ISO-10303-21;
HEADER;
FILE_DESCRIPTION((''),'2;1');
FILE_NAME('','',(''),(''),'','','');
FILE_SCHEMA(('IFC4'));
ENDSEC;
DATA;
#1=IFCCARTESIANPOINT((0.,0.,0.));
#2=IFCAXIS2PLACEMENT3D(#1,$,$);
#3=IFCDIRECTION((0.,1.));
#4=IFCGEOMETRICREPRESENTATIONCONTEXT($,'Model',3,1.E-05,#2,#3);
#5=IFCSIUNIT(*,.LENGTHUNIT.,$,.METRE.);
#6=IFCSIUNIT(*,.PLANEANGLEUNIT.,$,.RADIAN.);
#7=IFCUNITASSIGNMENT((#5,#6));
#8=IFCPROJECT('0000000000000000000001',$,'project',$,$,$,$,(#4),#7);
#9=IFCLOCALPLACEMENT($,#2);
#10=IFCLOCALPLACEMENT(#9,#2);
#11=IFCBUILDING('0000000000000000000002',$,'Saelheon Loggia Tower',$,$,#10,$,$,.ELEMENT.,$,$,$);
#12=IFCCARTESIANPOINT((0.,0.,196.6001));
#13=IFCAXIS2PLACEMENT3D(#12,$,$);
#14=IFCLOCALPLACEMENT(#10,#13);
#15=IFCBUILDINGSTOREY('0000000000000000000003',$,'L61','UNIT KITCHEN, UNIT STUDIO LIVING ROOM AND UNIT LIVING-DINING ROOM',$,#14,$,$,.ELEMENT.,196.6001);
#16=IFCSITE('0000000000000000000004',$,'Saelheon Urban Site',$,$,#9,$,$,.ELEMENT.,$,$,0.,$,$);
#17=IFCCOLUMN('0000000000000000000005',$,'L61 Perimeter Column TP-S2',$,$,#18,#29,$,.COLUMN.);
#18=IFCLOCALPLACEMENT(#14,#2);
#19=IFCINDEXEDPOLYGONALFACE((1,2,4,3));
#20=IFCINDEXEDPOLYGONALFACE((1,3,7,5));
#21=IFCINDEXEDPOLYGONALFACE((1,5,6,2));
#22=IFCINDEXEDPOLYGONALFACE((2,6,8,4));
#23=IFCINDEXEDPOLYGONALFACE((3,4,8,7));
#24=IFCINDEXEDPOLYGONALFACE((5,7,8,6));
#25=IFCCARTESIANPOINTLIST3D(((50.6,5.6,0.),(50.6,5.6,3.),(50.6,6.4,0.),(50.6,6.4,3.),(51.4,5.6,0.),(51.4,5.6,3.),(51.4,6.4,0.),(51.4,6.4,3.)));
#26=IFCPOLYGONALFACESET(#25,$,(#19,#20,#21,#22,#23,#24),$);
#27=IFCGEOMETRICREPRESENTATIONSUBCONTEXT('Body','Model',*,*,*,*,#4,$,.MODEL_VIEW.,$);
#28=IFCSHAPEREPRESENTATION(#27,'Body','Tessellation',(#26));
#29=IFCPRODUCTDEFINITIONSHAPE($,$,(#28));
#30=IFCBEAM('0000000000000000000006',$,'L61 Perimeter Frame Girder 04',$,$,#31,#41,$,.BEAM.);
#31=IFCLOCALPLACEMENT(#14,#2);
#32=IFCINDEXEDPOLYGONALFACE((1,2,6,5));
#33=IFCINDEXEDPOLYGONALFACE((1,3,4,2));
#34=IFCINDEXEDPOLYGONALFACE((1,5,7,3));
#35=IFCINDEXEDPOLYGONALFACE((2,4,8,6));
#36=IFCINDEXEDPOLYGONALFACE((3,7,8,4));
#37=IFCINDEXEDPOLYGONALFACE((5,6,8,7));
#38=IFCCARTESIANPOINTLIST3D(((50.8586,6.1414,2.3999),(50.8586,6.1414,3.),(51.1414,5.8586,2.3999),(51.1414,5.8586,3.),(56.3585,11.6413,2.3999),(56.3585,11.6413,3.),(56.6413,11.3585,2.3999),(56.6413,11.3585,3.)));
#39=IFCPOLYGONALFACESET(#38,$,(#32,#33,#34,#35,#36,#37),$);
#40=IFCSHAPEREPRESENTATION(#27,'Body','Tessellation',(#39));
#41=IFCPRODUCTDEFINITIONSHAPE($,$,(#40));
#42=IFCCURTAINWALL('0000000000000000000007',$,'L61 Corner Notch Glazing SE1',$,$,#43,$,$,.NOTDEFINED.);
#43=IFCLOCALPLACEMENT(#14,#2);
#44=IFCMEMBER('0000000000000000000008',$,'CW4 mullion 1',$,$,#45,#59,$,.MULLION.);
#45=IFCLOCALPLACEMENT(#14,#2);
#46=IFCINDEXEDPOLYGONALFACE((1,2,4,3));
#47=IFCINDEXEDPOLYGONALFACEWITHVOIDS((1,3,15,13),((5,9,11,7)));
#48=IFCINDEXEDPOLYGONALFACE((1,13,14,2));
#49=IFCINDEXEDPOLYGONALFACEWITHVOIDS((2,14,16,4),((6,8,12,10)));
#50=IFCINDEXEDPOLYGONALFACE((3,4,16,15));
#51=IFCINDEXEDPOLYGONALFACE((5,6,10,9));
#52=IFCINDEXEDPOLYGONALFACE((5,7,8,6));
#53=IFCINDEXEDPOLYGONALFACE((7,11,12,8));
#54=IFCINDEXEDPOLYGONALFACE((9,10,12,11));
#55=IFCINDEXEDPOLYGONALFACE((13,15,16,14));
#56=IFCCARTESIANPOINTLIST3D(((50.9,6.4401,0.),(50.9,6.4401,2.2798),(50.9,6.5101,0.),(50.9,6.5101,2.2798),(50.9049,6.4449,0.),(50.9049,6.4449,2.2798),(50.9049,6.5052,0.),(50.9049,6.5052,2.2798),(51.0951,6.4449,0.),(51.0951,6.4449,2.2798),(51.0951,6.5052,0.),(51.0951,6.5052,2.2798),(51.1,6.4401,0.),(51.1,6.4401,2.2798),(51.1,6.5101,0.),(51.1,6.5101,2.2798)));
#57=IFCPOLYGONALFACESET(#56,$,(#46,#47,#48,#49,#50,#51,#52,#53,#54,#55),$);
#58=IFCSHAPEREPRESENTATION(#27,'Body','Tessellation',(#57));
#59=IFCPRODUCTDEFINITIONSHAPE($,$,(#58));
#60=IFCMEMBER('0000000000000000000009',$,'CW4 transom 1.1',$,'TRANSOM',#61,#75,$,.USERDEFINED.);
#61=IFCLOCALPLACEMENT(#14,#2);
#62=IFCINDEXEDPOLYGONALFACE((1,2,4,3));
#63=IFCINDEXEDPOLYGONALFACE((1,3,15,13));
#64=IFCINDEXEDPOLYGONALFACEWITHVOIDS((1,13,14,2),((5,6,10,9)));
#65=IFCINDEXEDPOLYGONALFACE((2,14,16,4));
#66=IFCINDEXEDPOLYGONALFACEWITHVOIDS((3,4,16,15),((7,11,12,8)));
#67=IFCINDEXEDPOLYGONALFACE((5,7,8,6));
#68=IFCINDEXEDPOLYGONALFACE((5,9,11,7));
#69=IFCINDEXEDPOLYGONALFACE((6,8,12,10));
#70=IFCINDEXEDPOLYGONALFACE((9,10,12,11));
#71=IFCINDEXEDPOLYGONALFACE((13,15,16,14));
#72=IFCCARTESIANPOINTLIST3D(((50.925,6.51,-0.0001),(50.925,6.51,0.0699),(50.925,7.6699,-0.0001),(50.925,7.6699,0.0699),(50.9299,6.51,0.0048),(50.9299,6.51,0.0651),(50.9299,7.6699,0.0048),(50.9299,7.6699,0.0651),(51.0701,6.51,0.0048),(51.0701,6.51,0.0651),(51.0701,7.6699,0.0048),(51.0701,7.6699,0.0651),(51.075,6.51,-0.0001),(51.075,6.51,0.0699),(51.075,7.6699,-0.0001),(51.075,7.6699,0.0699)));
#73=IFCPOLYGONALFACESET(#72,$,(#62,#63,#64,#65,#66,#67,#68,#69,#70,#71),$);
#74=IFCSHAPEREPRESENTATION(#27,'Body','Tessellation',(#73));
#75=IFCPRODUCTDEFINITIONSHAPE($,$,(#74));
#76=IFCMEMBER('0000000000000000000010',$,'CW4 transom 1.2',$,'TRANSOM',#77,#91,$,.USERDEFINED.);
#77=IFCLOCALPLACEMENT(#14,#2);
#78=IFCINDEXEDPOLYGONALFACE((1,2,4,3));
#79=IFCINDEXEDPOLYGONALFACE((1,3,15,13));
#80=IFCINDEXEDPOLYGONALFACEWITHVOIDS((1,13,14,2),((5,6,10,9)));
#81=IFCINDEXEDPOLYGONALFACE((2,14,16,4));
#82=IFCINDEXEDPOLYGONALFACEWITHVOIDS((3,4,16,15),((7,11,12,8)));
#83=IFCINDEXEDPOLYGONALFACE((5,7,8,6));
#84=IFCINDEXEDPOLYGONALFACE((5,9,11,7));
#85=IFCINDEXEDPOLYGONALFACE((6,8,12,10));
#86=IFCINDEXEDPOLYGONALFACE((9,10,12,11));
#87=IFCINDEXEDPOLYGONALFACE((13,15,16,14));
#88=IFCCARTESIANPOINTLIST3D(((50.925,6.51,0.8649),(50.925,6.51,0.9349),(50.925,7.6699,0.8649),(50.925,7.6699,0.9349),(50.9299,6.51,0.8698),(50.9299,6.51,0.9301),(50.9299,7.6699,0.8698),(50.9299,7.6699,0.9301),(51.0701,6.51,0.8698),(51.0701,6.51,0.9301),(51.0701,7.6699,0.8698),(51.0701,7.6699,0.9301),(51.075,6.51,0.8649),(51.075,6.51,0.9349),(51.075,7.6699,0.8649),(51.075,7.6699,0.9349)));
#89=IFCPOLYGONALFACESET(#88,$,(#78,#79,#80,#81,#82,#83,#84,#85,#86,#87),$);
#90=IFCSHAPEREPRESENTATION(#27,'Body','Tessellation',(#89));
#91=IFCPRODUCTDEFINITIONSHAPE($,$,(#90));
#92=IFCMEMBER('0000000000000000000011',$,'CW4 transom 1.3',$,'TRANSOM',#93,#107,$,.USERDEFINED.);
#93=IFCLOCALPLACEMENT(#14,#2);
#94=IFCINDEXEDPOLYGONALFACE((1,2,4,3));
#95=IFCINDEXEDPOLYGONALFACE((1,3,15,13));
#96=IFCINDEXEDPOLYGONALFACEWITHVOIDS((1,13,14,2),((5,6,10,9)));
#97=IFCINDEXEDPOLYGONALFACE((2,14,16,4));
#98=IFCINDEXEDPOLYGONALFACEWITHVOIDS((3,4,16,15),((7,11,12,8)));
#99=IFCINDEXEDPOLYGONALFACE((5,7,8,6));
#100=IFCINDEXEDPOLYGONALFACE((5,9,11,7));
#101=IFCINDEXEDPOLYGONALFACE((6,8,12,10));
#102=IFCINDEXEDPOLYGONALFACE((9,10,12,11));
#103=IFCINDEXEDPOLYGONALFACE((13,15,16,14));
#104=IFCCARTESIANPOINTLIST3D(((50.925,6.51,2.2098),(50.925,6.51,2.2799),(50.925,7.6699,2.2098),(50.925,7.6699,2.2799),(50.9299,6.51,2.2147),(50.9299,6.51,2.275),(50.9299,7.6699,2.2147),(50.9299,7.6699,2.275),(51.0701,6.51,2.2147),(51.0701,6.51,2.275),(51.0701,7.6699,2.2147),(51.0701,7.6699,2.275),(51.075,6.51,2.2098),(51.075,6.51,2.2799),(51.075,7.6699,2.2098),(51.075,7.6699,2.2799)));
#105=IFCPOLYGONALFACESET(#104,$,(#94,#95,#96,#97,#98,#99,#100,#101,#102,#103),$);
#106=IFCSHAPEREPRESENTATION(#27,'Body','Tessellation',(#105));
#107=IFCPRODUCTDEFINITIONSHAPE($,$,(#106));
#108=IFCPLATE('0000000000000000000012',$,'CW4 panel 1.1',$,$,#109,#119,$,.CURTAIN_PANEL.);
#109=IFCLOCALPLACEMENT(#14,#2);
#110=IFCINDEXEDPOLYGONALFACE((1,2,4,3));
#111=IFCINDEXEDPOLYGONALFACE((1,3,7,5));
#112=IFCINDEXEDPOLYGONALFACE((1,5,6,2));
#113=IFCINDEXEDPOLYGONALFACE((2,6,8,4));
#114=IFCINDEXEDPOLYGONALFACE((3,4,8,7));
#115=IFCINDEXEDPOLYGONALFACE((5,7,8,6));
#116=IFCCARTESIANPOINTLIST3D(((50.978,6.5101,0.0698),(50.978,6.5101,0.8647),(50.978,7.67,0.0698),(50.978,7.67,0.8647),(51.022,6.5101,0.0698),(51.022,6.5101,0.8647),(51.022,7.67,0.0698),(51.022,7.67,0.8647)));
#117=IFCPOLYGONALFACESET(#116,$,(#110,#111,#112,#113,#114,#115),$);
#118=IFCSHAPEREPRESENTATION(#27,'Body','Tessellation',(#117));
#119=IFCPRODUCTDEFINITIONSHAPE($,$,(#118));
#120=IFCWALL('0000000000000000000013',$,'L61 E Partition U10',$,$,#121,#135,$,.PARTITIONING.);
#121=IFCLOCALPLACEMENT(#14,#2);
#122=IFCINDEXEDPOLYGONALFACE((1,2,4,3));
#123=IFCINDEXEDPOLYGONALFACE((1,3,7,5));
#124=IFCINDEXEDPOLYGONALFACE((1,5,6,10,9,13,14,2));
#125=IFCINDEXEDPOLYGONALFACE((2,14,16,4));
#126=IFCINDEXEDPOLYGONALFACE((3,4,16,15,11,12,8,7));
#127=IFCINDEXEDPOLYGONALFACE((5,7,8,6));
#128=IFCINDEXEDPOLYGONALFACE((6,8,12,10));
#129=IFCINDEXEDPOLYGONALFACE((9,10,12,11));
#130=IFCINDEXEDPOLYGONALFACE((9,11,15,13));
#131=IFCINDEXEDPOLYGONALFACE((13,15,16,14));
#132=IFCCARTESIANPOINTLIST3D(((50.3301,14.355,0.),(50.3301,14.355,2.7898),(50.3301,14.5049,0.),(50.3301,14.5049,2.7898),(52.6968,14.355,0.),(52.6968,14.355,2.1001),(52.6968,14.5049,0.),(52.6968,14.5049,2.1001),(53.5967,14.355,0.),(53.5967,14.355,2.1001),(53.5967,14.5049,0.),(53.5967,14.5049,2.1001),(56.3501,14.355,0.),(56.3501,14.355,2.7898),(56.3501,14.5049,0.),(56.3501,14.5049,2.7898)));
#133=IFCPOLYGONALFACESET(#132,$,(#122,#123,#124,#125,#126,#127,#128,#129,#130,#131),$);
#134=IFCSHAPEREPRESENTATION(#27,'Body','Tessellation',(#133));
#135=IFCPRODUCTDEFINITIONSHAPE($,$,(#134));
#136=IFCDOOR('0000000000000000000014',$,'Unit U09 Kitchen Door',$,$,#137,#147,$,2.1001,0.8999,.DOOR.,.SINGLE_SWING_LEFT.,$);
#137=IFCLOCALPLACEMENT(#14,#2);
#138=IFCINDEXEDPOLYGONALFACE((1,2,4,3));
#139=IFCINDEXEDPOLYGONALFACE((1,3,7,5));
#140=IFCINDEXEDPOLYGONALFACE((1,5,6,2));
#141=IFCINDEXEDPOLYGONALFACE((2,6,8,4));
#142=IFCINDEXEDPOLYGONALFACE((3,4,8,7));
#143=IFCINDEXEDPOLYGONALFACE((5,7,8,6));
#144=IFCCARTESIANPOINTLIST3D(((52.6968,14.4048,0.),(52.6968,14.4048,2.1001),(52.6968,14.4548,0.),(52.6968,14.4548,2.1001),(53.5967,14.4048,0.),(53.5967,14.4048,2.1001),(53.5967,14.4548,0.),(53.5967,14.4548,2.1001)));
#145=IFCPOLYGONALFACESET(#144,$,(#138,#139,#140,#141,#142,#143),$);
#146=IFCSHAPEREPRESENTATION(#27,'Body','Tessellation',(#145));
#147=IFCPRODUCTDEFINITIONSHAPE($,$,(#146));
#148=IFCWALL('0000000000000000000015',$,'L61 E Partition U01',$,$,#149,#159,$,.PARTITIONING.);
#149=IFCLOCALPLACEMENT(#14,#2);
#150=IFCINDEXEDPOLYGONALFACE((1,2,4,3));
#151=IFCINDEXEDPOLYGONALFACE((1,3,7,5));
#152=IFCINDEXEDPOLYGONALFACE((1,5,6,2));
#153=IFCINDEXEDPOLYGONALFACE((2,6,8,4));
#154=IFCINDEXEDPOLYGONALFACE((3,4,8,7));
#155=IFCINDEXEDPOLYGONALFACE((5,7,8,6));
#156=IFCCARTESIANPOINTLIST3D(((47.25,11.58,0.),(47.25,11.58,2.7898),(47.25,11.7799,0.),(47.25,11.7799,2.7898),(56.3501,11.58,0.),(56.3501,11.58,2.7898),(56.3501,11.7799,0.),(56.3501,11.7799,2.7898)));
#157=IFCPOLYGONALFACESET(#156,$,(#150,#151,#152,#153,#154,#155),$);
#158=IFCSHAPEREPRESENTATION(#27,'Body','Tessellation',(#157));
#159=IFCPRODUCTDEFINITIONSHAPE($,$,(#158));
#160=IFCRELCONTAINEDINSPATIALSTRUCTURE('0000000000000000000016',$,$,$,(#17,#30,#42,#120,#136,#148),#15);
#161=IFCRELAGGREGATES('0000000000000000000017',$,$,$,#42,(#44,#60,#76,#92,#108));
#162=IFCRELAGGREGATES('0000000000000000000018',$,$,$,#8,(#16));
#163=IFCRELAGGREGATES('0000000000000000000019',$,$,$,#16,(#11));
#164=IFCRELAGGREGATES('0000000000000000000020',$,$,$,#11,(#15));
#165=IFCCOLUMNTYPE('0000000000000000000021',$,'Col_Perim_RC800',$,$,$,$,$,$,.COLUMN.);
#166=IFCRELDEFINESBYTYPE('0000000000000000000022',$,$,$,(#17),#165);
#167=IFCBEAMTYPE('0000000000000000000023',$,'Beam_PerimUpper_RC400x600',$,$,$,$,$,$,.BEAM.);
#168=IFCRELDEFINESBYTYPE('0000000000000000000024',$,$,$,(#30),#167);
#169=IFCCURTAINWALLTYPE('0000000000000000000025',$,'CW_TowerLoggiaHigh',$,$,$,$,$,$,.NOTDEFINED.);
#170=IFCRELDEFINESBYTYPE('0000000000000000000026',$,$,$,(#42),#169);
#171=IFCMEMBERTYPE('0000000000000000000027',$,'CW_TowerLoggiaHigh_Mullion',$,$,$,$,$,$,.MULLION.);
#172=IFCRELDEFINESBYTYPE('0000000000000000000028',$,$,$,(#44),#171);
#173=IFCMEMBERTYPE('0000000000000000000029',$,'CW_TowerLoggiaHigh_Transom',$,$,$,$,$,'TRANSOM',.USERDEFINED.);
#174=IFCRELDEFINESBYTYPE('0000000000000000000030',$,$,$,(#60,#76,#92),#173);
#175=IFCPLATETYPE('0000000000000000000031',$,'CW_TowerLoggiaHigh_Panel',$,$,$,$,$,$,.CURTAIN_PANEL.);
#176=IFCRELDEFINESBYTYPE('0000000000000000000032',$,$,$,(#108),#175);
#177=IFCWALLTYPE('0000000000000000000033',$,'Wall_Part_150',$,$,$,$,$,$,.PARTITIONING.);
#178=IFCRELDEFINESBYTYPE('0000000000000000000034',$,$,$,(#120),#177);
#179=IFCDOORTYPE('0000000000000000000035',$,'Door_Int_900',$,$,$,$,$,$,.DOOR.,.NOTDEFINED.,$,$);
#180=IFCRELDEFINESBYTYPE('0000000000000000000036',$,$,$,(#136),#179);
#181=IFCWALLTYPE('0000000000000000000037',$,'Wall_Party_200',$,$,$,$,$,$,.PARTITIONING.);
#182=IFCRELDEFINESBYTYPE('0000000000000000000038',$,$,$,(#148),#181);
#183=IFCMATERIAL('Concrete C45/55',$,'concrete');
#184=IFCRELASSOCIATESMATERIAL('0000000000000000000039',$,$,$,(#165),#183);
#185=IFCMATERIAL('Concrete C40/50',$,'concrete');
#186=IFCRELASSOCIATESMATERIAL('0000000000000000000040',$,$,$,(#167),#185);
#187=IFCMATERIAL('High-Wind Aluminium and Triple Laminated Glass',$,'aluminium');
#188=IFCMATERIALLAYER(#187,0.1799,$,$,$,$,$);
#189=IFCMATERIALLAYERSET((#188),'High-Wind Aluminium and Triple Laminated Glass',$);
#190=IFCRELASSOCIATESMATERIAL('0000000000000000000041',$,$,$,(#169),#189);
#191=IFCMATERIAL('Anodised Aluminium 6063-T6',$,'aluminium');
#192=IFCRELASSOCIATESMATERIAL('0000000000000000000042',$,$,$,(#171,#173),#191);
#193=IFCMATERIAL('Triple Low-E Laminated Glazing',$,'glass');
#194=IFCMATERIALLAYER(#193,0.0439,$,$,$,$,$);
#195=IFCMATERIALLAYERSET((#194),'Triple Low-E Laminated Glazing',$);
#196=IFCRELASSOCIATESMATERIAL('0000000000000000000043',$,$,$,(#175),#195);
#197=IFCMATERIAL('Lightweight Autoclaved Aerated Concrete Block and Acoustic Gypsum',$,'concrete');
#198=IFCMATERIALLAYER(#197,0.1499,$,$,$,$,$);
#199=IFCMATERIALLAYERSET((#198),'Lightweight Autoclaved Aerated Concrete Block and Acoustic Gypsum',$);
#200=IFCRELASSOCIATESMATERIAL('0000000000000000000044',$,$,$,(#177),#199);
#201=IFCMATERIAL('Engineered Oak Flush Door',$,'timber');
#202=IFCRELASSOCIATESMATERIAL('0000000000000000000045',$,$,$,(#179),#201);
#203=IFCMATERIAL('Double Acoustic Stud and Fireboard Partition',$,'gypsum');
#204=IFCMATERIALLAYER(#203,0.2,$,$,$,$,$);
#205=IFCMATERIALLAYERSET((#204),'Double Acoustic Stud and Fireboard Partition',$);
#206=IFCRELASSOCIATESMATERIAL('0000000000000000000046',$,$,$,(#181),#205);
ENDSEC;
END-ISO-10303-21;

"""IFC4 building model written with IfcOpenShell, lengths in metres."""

from ifc_helpers import new_model, si_unit, direction, frame, frame_2d, origin, origin_2d, place, context, subcontext, project, spatial, rectangle, hollow_rectangle, extrude, source, transform, mapped, material, layer, layer_set, material_profile, profile_set, type_object, element, fill, aggregate, save


model = new_model("IFC4")

# Units and contexts
model_context = context("Model", 3, precision=1e-05, world=origin(), true_north=direction((0.0, 1.0)))
body_context = subcontext(model_context, "Body", "Model", "MODEL_VIEW")
ifc_project = project(units=[si_unit("LENGTHUNIT", "METRE"), si_unit("PLANEANGLEUNIT", "RADIAN")], contexts=[model_context])

# Site, building, storey
site_placement = place(None, origin())
site = spatial("IfcSite", under=ifc_project, at=site_placement, Name="Saelheon Urban Site", CompositionType="ELEMENT", RefElevation=0.0)
building_placement = place(site_placement, origin())
building = spatial("IfcBuilding", under=site, at=building_placement, Name="Saelheon Loggia Tower", CompositionType="ELEMENT")
storey_placement = place(building_placement, frame((0.0, 0.0, 196.6001)))
storey = spatial("IfcBuildingStorey", under=building, at=storey_placement, Name="L61", Description="UNIT KITCHEN, UNIT STUDIO LIVING ROOM AND UNIT LIVING-DINING ROOM", CompositionType="ELEMENT", Elevation=196.6001)

# Column
ifc_material_1 = material(Name="Concrete C45/55", Category="concrete")
ifc_material_profile_1 = material_profile(ifc_material_1, rectangle(XDim=0.8, YDim=0.8, at=origin_2d()), Name="RC-800x800")
ifc_profile_set_1 = profile_set([ifc_material_profile_1], Name="Concrete C45/55")
column_type = type_object("IfcColumnType", Name="Col_Perim_RC800", PredefinedType="COLUMN", material=ifc_profile_set_1)
shared_shape_1 = source(origin(), body_context, "Body", "SweptSolid", [
    extrude(rectangle(XDim=0.8, YDim=0.8, at=origin_2d()), origin(), (0.0, 0.0, 1.0), 3.0),
])
column_placement = place(storey_placement, frame((51.0, 6.0, 0.0), z_axis=(0.0, 0.0, 1.0), x_axis=(1.0, 0.0, 0.0)))
element("IfcColumn", 1, at=column_placement, inside=storey, type_object=column_type, Name="L61 Perimeter Column TP-S2", PredefinedType="COLUMN", context=body_context, shape_type="MappedRepresentation", body=[
    mapped(shared_shape_1, transform((0.0, 0.0, 0.0), scale=1.0)),
])

# Beam
ifc_material_2 = material(Name="Concrete C40/50", Category="concrete")
ifc_material_profile_2 = material_profile(ifc_material_2, rectangle(XDim=0.3999, YDim=0.6001, at=origin_2d()), Name="RC-400x600")
ifc_profile_set_2 = profile_set([ifc_material_profile_2], Name="Concrete C40/50")
beam_type = type_object("IfcBeamType", Name="Beam_PerimUpper_RC400x600", PredefinedType="BEAM", material=ifc_profile_set_2)
shared_shape_2 = source(origin(), body_context, "Body", "SweptSolid", [
    extrude(rectangle(XDim=0.3999, YDim=0.6001, at=origin_2d()), origin(), (0.0, 0.0, 1.0), 7.7781),
])
beam_placement = place(storey_placement, frame((51.0, 6.0, 2.7), z_axis=(0.707107, 0.707107, 0.0), x_axis=(-0.707107, 0.707107, 0.0)))
element("IfcBeam", 2, at=beam_placement, inside=storey, type_object=beam_type, Name="L61 Perimeter Frame Girder 04", PredefinedType="BEAM", context=body_context, shape_type="MappedRepresentation", body=[
    mapped(shared_shape_2, transform((0.0, 0.0, 0.0), scale=1.0)),
])

# Curtain wall, members, plate
ifc_material_3 = material(Name="High-Wind Aluminium and Triple Laminated Glass", Category="aluminium")
ifc_layer_1 = layer(ifc_material_3, 0.1799)
ifc_layer_set_1 = layer_set([ifc_layer_1], Name="High-Wind Aluminium and Triple Laminated Glass")
curtain_wall_type = type_object("IfcCurtainWallType", Name="CW_TowerLoggiaHigh", PredefinedType="NOTDEFINED", material=ifc_layer_set_1)
curtain_wall_placement = place(storey_placement, origin())
curtain_wall = element("IfcCurtainWall", 3, at=curtain_wall_placement, inside=storey, type_object=curtain_wall_type, Name="L61 Corner Notch Glazing SE1", PredefinedType="NOTDEFINED")
ifc_material_4 = material(Name="Anodised Aluminium 6063-T6", Category="aluminium")
ifc_material_profile_3 = material_profile(ifc_material_4, hollow_rectangle(XDim=0.0701, YDim=0.2, WallThickness=0.0049, at=origin_2d()), Name="RHS-200x70x5")
ifc_profile_set_3 = profile_set([ifc_material_profile_3], Name="Anodised Aluminium 6063-T6")
member_type_1 = type_object("IfcMemberType", Name="CW_TowerLoggiaHigh_Mullion", PredefinedType="MULLION", material=ifc_profile_set_3)
shared_shape_3 = source(origin(), body_context, "Body", "SweptSolid", [
    extrude(hollow_rectangle(XDim=0.0701, YDim=0.2, WallThickness=0.0049, at=origin_2d()), origin(), (0.0, 0.0, 1.0), 2.2798),
])
member_1_placement = place(storey_placement, frame((51.0, 6.4751, 0.0), z_axis=(0.0, 0.0, 1.0), x_axis=(0.0, 1.0, 0.0)))
member_1 = element("IfcMember", 4, at=member_1_placement, type_object=member_type_1, Name="CW4 mullion 1", PredefinedType="MULLION", context=body_context, shape_type="MappedRepresentation", body=[
    mapped(shared_shape_3, transform((0.0, 0.0, 0.0), scale=1.0)),
])
ifc_material_profile_4 = material_profile(ifc_material_4, hollow_rectangle(XDim=0.0701, YDim=0.1499, WallThickness=0.0049, at=origin_2d()), Name="RHS-150x70x5")
ifc_profile_set_4 = profile_set([ifc_material_profile_4], Name="Anodised Aluminium 6063-T6")
member_type_2 = type_object("IfcMemberType", Name="CW_TowerLoggiaHigh_Transom", ElementType="TRANSOM", PredefinedType="USERDEFINED", material=ifc_profile_set_4)
shared_shape_4 = source(origin(), body_context, "Body", "SweptSolid", [
    extrude(hollow_rectangle(XDim=0.0701, YDim=0.1499, WallThickness=0.0049, at=origin_2d()), origin(), (0.0, 0.0, 1.0), 1.1599),
])
member_2_placement = place(storey_placement, frame((51.0, 6.51, 0.0349), z_axis=(0.0, 1.0, 0.0), x_axis=(0.0, 0.0, 1.0)))
member_2 = element("IfcMember", 5, at=member_2_placement, type_object=member_type_2, Name="CW4 transom 1.1", ObjectType="TRANSOM", PredefinedType="USERDEFINED", context=body_context, shape_type="MappedRepresentation", body=[
    mapped(shared_shape_4, transform((0.0, 0.0, 0.0), scale=1.0)),
])
member_3_placement = place(storey_placement, frame((51.0, 6.51, 0.8999), z_axis=(0.0, 1.0, 0.0), x_axis=(0.0, 0.0, 1.0)))
member_3 = element("IfcMember", 6, at=member_3_placement, type_object=member_type_2, Name="CW4 transom 1.2", ObjectType="TRANSOM", PredefinedType="USERDEFINED", context=body_context, shape_type="MappedRepresentation", body=[
    mapped(shared_shape_4, transform((0.0, 0.0, 0.0), scale=1.0)),
])
member_4_placement = place(storey_placement, frame((51.0, 6.51, 2.2449), z_axis=(0.0, 1.0, 0.0), x_axis=(0.0, 0.0, 1.0)))
member_4 = element("IfcMember", 7, at=member_4_placement, type_object=member_type_2, Name="CW4 transom 1.3", ObjectType="TRANSOM", PredefinedType="USERDEFINED", context=body_context, shape_type="MappedRepresentation", body=[
    mapped(shared_shape_4, transform((0.0, 0.0, 0.0), scale=1.0)),
])
ifc_material_5 = material(Name="Triple Low-E Laminated Glazing", Category="glass")
ifc_layer_2 = layer(ifc_material_5, 0.0439)
ifc_layer_set_2 = layer_set([ifc_layer_2], Name="Triple Low-E Laminated Glazing")
plate_type = type_object("IfcPlateType", Name="CW_TowerLoggiaHigh_Panel", PredefinedType="CURTAIN_PANEL", material=ifc_layer_set_2)
shared_shape_5 = source(origin(), body_context, "Body", "SweptSolid", [
    extrude(rectangle(XDim=1.1599, YDim=0.0439, at=origin_2d()), origin(), (0.0, 0.0, 1.0), 0.7949),
])
plate_placement = place(storey_placement, frame((51.0, 7.0901, 0.0698), z_axis=(0.0, 0.0, 1.0), x_axis=(0.0, 1.0, 0.0)))
plate = element("IfcPlate", 8, at=plate_placement, type_object=plate_type, Name="CW4 panel 1.1", PredefinedType="CURTAIN_PANEL", context=body_context, shape_type="MappedRepresentation", body=[
    mapped(shared_shape_5, transform((0.0, 0.0, 0.0), scale=1.0)),
])
aggregate(curtain_wall, [member_1, member_2, member_3, member_4, plate])

# Wall, opening, door
ifc_material_6 = material(Name="Lightweight Autoclaved Aerated Concrete Block and Acoustic Gypsum", Category="concrete")
ifc_layer_3 = layer(ifc_material_6, 0.1499)
ifc_layer_set_3 = layer_set([ifc_layer_3], Name="Lightweight Autoclaved Aerated Concrete Block and Acoustic Gypsum")
wall_type_1 = type_object("IfcWallType", Name="Wall_Part_150", PredefinedType="PARTITIONING", material=ifc_layer_set_3)
wall_1_placement = place(storey_placement, frame((50.3301, 14.4299, 0.0), z_axis=(0.0, 0.0, 1.0), x_axis=(1.0, 0.0, 0.0)))
wall_1 = element("IfcWall", 9, at=wall_1_placement, inside=storey, type_object=wall_type_1, Name="L61 E Partition U10", PredefinedType="PARTITIONING", context=body_context, shape_type="SweptSolid", body=[
    extrude(rectangle(XDim=6.02, YDim=0.1499, at=frame_2d((3.01, 0.0))), origin(), (0.0, 0.0, 1.0), 2.7898),
])
opening_1_placement = place(wall_1_placement, frame((2.3667, 0.0, 0.0)))
opening_1 = element("IfcOpeningElement", 10, at=opening_1_placement, cuts=wall_1, PredefinedType="OPENING", context=body_context, shape_type="SweptSolid", body=[
    extrude(rectangle(XDim=0.8999, YDim=2.1001, at=frame_2d((0.45, 1.05))), frame((0.0, 0.0869, 0.0), z_axis=(0.0, -1.0, 0.0), x_axis=(1.0, 0.0, 0.0)), (0.0, 0.0, 1.0), 0.1738),
])
ifc_material_7 = material(Name="Engineered Oak Flush Door", Category="timber")
door_type_1 = type_object("IfcDoorType", Name="Door_Int_900", OperationType="NOTDEFINED", PredefinedType="DOOR", material=ifc_material_7)
shared_shape_6 = source(origin(), body_context, "Body", "SweptSolid", [
    extrude(rectangle(XDim=0.8999, YDim=2.1001, at=frame_2d((0.45, 1.05))), frame((0.0, 0.0249, 0.0), z_axis=(0.0, -1.0, 0.0), x_axis=(1.0, 0.0, 0.0)), (0.0, 0.0, 1.0), 0.05),
])
door_1_placement = place(opening_1_placement, origin())
door_1 = element("IfcDoor", 11, at=door_1_placement, inside=storey, type_object=door_type_1, Name="Unit U09 Kitchen Door", OperationType="SINGLE_SWING_LEFT", OverallHeight=2.1001, OverallWidth=0.8999, PredefinedType="DOOR", context=body_context, shape_type="MappedRepresentation", body=[
    mapped(shared_shape_6, transform((0.0, 0.0, 0.0), scale=1.0)),
])
fill(opening_1, door_1)

# Wall
ifc_material_8 = material(Name="Double Acoustic Stud and Fireboard Partition", Category="gypsum")
ifc_layer_4 = layer(ifc_material_8, 0.2)
ifc_layer_set_4 = layer_set([ifc_layer_4], Name="Double Acoustic Stud and Fireboard Partition")
wall_type_2 = type_object("IfcWallType", Name="Wall_Party_200", PredefinedType="PARTITIONING", material=ifc_layer_set_4)
wall_2_placement = place(storey_placement, frame((47.25, 11.6799, 0.0), z_axis=(0.0, 0.0, 1.0), x_axis=(1.0, 0.0, 0.0)))
element("IfcWall", 12, at=wall_2_placement, inside=storey, type_object=wall_type_2, Name="L61 E Partition U01", PredefinedType="PARTITIONING", context=body_context, shape_type="SweptSolid", body=[
    extrude(rectangle(XDim=9.1001, YDim=0.2, at=frame_2d((4.55, 0.0))), origin(), (0.0, 0.0, 1.0), 2.7898),
])

save(model, "model.ifc")
